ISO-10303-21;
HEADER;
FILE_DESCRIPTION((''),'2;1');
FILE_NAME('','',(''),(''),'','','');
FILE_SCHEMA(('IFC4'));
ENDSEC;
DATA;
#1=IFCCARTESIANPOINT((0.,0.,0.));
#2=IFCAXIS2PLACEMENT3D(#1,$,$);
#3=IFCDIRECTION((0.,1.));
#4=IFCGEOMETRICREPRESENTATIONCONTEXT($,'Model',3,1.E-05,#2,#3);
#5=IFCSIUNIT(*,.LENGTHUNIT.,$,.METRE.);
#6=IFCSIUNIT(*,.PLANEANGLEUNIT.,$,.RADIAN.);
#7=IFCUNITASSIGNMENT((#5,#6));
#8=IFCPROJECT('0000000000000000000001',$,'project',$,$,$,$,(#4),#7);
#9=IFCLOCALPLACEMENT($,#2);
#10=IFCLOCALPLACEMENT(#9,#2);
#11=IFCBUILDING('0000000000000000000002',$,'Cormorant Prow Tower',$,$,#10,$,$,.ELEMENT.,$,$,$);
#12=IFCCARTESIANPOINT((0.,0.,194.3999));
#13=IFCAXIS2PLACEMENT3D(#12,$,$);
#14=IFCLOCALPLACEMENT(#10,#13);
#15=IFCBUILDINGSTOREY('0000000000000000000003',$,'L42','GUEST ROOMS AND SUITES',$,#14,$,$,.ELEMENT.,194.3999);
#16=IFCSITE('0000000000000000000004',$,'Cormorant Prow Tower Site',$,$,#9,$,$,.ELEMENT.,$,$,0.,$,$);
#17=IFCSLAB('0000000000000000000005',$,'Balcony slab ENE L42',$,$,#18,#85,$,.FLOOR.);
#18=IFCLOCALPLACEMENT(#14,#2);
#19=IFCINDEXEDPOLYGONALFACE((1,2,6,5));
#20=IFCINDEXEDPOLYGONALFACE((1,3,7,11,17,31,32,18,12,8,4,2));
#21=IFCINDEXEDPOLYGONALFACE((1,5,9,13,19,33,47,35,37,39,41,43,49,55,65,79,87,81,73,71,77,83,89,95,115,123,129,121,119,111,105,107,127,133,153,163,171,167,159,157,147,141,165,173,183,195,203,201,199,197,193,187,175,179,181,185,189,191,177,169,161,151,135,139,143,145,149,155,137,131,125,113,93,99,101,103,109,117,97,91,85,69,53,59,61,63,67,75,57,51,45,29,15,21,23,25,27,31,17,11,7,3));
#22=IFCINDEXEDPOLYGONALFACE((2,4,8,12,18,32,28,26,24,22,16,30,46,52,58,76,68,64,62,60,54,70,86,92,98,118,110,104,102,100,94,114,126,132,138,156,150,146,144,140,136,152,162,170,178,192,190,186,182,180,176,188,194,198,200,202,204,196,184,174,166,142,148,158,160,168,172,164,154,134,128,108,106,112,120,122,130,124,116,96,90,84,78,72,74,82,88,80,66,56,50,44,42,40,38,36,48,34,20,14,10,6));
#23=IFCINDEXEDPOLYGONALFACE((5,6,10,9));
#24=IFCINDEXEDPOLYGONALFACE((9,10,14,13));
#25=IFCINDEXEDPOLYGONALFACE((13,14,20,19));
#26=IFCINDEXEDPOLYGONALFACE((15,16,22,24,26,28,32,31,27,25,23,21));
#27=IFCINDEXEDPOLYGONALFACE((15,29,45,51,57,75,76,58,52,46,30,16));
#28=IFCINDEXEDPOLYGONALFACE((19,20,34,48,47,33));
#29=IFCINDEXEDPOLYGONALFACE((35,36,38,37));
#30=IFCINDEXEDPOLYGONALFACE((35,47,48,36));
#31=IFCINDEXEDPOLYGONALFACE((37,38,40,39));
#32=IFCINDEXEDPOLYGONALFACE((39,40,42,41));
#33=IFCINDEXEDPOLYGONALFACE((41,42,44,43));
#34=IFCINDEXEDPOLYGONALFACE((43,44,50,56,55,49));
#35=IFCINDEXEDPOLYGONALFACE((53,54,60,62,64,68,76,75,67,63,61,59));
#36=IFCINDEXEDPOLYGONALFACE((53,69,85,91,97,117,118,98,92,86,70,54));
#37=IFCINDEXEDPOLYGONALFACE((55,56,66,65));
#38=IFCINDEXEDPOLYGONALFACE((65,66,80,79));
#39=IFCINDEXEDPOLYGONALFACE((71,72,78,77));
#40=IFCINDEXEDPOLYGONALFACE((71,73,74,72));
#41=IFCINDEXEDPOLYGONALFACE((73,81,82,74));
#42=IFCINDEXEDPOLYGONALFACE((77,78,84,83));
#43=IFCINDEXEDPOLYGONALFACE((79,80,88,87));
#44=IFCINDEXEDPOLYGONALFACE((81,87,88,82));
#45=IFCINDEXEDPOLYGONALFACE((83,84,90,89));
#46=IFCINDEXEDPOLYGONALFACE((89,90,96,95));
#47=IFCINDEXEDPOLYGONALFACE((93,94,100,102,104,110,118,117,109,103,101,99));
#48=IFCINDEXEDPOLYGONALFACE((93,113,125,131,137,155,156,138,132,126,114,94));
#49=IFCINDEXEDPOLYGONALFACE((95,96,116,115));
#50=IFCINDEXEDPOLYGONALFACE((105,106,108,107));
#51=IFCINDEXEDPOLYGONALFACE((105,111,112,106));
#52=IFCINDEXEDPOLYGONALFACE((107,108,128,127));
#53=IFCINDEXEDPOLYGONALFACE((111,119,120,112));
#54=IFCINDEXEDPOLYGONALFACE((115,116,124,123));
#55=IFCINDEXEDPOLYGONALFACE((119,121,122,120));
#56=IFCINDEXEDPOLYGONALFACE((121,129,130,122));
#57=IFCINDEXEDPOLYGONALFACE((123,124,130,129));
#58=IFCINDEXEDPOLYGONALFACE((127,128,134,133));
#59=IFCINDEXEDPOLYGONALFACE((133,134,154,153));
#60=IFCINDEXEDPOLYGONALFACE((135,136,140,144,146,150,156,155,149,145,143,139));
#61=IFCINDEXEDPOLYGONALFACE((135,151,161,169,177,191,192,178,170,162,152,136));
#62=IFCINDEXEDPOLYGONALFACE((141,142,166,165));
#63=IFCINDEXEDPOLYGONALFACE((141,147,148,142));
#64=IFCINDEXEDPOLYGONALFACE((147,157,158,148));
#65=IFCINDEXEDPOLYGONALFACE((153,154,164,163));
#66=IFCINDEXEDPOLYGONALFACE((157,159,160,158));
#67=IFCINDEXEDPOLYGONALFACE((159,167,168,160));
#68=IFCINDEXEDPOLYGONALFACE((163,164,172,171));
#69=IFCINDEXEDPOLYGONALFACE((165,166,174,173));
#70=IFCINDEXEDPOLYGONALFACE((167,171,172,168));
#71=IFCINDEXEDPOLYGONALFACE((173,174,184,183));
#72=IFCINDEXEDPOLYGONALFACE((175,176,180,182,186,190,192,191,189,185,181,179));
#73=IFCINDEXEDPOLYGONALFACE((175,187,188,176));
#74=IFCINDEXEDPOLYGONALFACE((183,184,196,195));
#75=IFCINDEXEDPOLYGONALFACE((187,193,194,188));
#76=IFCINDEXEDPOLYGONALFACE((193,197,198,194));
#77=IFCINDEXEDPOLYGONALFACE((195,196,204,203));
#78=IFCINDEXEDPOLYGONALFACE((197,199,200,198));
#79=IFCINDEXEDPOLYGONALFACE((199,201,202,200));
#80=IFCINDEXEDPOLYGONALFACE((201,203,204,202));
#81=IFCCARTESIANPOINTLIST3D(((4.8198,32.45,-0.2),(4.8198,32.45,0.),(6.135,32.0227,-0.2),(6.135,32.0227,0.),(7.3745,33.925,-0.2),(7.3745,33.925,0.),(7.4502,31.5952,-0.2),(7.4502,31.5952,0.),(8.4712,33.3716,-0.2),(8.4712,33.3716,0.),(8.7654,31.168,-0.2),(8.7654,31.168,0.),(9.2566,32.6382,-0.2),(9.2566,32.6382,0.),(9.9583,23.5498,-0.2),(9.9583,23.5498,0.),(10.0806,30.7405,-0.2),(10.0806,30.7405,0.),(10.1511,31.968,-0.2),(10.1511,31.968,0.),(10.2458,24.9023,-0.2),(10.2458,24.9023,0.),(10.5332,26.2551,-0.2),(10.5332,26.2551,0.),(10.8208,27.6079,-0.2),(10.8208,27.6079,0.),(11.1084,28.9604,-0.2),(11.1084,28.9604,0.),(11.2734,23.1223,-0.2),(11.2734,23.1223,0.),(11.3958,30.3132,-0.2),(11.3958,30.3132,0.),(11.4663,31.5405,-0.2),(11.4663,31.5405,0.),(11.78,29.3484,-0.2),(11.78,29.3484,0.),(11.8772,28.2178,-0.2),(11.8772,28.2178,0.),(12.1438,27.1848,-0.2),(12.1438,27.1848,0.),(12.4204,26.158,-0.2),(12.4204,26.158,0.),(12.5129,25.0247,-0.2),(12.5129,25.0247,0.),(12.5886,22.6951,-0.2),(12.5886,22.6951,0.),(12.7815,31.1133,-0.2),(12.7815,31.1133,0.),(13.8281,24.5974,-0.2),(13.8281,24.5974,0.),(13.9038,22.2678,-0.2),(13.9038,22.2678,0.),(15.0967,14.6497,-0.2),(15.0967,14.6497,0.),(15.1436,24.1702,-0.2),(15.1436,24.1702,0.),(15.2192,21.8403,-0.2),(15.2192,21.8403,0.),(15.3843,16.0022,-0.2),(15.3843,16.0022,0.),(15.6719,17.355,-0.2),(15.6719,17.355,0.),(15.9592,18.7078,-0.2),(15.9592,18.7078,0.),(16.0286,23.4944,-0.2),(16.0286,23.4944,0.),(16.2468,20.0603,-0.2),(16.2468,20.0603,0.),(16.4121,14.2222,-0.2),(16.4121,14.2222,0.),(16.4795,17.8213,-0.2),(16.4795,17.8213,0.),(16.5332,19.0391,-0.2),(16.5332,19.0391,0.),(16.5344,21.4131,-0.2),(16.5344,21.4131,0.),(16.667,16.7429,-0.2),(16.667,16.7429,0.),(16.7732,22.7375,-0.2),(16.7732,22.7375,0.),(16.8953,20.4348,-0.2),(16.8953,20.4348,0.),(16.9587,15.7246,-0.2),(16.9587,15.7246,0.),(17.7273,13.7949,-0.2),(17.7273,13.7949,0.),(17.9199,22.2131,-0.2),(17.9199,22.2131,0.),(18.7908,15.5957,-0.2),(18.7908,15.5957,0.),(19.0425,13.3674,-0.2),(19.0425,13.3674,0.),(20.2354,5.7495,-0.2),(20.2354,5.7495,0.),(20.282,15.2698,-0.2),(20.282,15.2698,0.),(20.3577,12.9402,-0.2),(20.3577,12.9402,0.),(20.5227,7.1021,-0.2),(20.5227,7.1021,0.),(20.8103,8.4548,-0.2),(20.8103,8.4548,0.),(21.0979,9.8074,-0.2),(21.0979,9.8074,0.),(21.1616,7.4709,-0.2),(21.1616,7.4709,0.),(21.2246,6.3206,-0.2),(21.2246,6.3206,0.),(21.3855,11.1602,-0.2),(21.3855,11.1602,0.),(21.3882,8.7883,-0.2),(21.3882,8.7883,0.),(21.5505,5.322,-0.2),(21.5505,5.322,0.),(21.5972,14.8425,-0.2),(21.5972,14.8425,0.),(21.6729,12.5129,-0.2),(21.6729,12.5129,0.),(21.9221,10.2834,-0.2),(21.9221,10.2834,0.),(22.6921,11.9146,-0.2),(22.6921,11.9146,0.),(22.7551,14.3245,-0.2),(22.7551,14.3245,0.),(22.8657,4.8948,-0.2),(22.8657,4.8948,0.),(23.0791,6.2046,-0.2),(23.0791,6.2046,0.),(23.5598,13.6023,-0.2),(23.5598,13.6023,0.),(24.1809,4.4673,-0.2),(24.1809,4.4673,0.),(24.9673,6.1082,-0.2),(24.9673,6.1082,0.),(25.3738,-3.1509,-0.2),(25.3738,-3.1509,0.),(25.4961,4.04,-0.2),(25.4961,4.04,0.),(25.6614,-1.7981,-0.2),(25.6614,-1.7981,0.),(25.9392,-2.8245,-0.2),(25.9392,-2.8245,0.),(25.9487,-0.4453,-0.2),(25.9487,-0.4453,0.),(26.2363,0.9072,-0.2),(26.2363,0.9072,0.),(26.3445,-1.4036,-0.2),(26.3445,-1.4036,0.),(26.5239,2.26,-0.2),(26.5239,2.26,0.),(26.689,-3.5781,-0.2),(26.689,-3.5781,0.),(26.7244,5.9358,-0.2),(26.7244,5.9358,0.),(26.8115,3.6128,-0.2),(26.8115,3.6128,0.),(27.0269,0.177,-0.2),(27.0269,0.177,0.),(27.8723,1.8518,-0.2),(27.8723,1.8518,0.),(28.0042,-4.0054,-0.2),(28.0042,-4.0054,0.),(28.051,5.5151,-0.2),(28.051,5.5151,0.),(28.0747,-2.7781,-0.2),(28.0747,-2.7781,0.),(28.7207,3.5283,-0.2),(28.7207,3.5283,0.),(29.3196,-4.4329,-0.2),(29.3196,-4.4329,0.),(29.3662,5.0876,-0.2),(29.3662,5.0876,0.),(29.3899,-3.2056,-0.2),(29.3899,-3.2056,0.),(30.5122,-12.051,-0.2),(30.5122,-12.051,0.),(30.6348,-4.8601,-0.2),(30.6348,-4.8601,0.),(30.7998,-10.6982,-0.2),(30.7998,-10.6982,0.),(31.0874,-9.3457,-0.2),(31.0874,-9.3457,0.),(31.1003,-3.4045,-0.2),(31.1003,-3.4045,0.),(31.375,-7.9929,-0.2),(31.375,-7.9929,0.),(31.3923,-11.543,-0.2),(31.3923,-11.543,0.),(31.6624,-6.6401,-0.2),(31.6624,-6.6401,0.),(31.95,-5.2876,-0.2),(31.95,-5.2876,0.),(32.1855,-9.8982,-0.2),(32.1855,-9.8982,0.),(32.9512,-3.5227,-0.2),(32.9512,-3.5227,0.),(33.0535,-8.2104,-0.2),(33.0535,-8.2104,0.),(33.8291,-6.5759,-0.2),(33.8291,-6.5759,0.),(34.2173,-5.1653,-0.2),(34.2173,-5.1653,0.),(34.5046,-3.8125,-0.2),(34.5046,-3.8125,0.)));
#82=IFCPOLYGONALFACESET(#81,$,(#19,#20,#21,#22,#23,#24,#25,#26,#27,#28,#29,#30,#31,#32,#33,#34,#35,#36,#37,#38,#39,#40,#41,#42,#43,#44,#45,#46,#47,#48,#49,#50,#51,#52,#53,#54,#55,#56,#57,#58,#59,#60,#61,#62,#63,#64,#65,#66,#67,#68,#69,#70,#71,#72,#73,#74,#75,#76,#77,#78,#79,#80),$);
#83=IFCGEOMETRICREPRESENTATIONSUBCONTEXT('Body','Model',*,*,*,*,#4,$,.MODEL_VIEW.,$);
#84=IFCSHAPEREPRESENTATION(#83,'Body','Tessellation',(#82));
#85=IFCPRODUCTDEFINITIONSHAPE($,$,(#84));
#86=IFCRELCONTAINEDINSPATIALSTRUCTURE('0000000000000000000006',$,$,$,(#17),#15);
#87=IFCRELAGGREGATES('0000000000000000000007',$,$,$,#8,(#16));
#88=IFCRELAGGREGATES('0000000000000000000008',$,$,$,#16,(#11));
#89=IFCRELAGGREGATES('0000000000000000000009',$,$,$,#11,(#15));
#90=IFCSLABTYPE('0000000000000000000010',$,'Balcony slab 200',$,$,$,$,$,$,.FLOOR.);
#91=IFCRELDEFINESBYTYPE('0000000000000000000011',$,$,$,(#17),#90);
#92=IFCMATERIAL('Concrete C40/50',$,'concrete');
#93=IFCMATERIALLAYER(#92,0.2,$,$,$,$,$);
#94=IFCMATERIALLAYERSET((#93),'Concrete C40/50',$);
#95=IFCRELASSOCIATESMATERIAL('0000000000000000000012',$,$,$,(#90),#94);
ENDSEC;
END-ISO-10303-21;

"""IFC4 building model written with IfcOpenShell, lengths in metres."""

from ifc_helpers import new_model, si_unit, direction, frame, origin, place, context, subcontext, project, spatial, polyline, outline, extrude, material, layer, layer_set, type_object, element, save


model = new_model("IFC4")

# Units and contexts
model_context = context("Model", 3, precision=1e-05, world=origin(), true_north=direction((0.0, 1.0)))
body_context = subcontext(model_context, "Body", "Model", "MODEL_VIEW")
ifc_project = project(units=[si_unit("LENGTHUNIT", "METRE"), si_unit("PLANEANGLEUNIT", "RADIAN")], contexts=[model_context])

# Site, building, storey
site_placement = place(None, origin())
site = spatial("IfcSite", under=ifc_project, at=site_placement, Name="Cormorant Prow Tower Site", CompositionType="ELEMENT", RefElevation=0.0)
building_placement = place(site_placement, origin())
building = spatial("IfcBuilding", under=site, at=building_placement, Name="Cormorant Prow Tower", CompositionType="ELEMENT")
storey_placement = place(building_placement, frame((0.0, 0.0, 194.3999)))
storey = spatial("IfcBuildingStorey", under=building, at=storey_placement, Name="L42", Description="GUEST ROOMS AND SUITES", CompositionType="ELEMENT", Elevation=194.3999)

# Slab
ifc_material_1 = material(Name="Concrete C40/50", Category="concrete")
ifc_layer_1 = layer(ifc_material_1, 0.2)
ifc_layer_set_1 = layer_set([ifc_layer_1], Name="Concrete C40/50")
slab_type_1 = type_object("IfcSlabType", Name="Balcony slab 200", PredefinedType="FLOOR", material=ifc_layer_set_1)
slab_1_placement = place(storey_placement, frame((0.0, 0.0, -0.2)))
element("IfcSlab", 1, at=slab_1_placement, inside=storey, type_object=slab_type_1, Name="Balcony slab ENE L42", PredefinedType="FLOOR", context=body_context, shape_type="SweptSolid", body=[
    extrude(outline(polyline([(30.5122, -12.051), (31.3923, -11.543), (32.1855, -9.8982), (33.0535, -8.2104), (33.8291, -6.5759), (34.2173, -5.1653), (34.5046, -3.8125), (32.9512, -3.5227), (31.1003, -3.4045), (29.3899, -3.2056), (28.0747, -2.7781), (25.9392, -2.8245), (26.3445, -1.4036), (27.0269, 0.177), (27.8723, 1.8518), (28.7207, 3.5283), (29.3662, 5.0876), (28.051, 5.5151), (26.7244, 5.9358), (24.9673, 6.1082), (23.0791, 6.2046), (21.2246, 6.3206), (21.1616, 7.4709), (21.3882, 8.7883), (21.9221, 10.2834), (22.6921, 11.9146), (23.5598, 13.6023), (22.7551, 14.3245), (21.5972, 14.8425), (20.282, 15.2698), (18.7908, 15.5957), (16.9587, 15.7246), (16.667, 16.7429), (16.4795, 17.8213), (16.5332, 19.0391), (16.8953, 20.4348), (17.9199, 22.2131), (16.7732, 22.7375), (16.0286, 23.4944), (15.1436, 24.1702), (13.8281, 24.5974), (12.5129, 25.0247), (12.4204, 26.158), (12.1438, 27.1848), (11.8772, 28.2178), (11.78, 29.3484), (12.7815, 31.1133), (11.4663, 31.5405), (10.1511, 31.968), (9.2566, 32.6382), (8.4712, 33.3716), (7.3745, 33.925), (4.8198, 32.45), (6.135, 32.0227), (7.4502, 31.5952), (8.7654, 31.168), (10.0806, 30.7405), (11.3958, 30.3132), (11.1084, 28.9604), (10.8208, 27.6079), (10.5332, 26.2551), (10.2458, 24.9023), (9.9583, 23.5498), (11.2734, 23.1223), (12.5886, 22.6951), (13.9038, 22.2678), (15.2192, 21.8403), (16.5344, 21.4131), (16.2468, 20.0603), (15.9592, 18.7078), (15.6719, 17.355), (15.3843, 16.0022), (15.0967, 14.6497), (16.4121, 14.2222), (17.7273, 13.7949), (19.0425, 13.3674), (20.3577, 12.9402), (21.6729, 12.5129), (21.3855, 11.1602), (21.0979, 9.8074), (20.8103, 8.4548), (20.5227, 7.1021), (20.2354, 5.7495), (21.5505, 5.322), (22.8657, 4.8948), (24.1809, 4.4673), (25.4961, 4.04), (26.8115, 3.6128), (26.5239, 2.26), (26.2363, 0.9072), (25.9487, -0.4453), (25.6614, -1.7981), (25.3738, -3.1509), (26.689, -3.5781), (28.0042, -4.0054), (29.3196, -4.4329), (30.6348, -4.8601), (31.95, -5.2876), (31.6624, -6.6401), (31.375, -7.9929), (31.0874, -9.3457), (30.7998, -10.6982), (30.5122, -12.051)])), origin(), (0.0, 0.0, 1.0), 0.2),
])

save(model, "model.ifc")
